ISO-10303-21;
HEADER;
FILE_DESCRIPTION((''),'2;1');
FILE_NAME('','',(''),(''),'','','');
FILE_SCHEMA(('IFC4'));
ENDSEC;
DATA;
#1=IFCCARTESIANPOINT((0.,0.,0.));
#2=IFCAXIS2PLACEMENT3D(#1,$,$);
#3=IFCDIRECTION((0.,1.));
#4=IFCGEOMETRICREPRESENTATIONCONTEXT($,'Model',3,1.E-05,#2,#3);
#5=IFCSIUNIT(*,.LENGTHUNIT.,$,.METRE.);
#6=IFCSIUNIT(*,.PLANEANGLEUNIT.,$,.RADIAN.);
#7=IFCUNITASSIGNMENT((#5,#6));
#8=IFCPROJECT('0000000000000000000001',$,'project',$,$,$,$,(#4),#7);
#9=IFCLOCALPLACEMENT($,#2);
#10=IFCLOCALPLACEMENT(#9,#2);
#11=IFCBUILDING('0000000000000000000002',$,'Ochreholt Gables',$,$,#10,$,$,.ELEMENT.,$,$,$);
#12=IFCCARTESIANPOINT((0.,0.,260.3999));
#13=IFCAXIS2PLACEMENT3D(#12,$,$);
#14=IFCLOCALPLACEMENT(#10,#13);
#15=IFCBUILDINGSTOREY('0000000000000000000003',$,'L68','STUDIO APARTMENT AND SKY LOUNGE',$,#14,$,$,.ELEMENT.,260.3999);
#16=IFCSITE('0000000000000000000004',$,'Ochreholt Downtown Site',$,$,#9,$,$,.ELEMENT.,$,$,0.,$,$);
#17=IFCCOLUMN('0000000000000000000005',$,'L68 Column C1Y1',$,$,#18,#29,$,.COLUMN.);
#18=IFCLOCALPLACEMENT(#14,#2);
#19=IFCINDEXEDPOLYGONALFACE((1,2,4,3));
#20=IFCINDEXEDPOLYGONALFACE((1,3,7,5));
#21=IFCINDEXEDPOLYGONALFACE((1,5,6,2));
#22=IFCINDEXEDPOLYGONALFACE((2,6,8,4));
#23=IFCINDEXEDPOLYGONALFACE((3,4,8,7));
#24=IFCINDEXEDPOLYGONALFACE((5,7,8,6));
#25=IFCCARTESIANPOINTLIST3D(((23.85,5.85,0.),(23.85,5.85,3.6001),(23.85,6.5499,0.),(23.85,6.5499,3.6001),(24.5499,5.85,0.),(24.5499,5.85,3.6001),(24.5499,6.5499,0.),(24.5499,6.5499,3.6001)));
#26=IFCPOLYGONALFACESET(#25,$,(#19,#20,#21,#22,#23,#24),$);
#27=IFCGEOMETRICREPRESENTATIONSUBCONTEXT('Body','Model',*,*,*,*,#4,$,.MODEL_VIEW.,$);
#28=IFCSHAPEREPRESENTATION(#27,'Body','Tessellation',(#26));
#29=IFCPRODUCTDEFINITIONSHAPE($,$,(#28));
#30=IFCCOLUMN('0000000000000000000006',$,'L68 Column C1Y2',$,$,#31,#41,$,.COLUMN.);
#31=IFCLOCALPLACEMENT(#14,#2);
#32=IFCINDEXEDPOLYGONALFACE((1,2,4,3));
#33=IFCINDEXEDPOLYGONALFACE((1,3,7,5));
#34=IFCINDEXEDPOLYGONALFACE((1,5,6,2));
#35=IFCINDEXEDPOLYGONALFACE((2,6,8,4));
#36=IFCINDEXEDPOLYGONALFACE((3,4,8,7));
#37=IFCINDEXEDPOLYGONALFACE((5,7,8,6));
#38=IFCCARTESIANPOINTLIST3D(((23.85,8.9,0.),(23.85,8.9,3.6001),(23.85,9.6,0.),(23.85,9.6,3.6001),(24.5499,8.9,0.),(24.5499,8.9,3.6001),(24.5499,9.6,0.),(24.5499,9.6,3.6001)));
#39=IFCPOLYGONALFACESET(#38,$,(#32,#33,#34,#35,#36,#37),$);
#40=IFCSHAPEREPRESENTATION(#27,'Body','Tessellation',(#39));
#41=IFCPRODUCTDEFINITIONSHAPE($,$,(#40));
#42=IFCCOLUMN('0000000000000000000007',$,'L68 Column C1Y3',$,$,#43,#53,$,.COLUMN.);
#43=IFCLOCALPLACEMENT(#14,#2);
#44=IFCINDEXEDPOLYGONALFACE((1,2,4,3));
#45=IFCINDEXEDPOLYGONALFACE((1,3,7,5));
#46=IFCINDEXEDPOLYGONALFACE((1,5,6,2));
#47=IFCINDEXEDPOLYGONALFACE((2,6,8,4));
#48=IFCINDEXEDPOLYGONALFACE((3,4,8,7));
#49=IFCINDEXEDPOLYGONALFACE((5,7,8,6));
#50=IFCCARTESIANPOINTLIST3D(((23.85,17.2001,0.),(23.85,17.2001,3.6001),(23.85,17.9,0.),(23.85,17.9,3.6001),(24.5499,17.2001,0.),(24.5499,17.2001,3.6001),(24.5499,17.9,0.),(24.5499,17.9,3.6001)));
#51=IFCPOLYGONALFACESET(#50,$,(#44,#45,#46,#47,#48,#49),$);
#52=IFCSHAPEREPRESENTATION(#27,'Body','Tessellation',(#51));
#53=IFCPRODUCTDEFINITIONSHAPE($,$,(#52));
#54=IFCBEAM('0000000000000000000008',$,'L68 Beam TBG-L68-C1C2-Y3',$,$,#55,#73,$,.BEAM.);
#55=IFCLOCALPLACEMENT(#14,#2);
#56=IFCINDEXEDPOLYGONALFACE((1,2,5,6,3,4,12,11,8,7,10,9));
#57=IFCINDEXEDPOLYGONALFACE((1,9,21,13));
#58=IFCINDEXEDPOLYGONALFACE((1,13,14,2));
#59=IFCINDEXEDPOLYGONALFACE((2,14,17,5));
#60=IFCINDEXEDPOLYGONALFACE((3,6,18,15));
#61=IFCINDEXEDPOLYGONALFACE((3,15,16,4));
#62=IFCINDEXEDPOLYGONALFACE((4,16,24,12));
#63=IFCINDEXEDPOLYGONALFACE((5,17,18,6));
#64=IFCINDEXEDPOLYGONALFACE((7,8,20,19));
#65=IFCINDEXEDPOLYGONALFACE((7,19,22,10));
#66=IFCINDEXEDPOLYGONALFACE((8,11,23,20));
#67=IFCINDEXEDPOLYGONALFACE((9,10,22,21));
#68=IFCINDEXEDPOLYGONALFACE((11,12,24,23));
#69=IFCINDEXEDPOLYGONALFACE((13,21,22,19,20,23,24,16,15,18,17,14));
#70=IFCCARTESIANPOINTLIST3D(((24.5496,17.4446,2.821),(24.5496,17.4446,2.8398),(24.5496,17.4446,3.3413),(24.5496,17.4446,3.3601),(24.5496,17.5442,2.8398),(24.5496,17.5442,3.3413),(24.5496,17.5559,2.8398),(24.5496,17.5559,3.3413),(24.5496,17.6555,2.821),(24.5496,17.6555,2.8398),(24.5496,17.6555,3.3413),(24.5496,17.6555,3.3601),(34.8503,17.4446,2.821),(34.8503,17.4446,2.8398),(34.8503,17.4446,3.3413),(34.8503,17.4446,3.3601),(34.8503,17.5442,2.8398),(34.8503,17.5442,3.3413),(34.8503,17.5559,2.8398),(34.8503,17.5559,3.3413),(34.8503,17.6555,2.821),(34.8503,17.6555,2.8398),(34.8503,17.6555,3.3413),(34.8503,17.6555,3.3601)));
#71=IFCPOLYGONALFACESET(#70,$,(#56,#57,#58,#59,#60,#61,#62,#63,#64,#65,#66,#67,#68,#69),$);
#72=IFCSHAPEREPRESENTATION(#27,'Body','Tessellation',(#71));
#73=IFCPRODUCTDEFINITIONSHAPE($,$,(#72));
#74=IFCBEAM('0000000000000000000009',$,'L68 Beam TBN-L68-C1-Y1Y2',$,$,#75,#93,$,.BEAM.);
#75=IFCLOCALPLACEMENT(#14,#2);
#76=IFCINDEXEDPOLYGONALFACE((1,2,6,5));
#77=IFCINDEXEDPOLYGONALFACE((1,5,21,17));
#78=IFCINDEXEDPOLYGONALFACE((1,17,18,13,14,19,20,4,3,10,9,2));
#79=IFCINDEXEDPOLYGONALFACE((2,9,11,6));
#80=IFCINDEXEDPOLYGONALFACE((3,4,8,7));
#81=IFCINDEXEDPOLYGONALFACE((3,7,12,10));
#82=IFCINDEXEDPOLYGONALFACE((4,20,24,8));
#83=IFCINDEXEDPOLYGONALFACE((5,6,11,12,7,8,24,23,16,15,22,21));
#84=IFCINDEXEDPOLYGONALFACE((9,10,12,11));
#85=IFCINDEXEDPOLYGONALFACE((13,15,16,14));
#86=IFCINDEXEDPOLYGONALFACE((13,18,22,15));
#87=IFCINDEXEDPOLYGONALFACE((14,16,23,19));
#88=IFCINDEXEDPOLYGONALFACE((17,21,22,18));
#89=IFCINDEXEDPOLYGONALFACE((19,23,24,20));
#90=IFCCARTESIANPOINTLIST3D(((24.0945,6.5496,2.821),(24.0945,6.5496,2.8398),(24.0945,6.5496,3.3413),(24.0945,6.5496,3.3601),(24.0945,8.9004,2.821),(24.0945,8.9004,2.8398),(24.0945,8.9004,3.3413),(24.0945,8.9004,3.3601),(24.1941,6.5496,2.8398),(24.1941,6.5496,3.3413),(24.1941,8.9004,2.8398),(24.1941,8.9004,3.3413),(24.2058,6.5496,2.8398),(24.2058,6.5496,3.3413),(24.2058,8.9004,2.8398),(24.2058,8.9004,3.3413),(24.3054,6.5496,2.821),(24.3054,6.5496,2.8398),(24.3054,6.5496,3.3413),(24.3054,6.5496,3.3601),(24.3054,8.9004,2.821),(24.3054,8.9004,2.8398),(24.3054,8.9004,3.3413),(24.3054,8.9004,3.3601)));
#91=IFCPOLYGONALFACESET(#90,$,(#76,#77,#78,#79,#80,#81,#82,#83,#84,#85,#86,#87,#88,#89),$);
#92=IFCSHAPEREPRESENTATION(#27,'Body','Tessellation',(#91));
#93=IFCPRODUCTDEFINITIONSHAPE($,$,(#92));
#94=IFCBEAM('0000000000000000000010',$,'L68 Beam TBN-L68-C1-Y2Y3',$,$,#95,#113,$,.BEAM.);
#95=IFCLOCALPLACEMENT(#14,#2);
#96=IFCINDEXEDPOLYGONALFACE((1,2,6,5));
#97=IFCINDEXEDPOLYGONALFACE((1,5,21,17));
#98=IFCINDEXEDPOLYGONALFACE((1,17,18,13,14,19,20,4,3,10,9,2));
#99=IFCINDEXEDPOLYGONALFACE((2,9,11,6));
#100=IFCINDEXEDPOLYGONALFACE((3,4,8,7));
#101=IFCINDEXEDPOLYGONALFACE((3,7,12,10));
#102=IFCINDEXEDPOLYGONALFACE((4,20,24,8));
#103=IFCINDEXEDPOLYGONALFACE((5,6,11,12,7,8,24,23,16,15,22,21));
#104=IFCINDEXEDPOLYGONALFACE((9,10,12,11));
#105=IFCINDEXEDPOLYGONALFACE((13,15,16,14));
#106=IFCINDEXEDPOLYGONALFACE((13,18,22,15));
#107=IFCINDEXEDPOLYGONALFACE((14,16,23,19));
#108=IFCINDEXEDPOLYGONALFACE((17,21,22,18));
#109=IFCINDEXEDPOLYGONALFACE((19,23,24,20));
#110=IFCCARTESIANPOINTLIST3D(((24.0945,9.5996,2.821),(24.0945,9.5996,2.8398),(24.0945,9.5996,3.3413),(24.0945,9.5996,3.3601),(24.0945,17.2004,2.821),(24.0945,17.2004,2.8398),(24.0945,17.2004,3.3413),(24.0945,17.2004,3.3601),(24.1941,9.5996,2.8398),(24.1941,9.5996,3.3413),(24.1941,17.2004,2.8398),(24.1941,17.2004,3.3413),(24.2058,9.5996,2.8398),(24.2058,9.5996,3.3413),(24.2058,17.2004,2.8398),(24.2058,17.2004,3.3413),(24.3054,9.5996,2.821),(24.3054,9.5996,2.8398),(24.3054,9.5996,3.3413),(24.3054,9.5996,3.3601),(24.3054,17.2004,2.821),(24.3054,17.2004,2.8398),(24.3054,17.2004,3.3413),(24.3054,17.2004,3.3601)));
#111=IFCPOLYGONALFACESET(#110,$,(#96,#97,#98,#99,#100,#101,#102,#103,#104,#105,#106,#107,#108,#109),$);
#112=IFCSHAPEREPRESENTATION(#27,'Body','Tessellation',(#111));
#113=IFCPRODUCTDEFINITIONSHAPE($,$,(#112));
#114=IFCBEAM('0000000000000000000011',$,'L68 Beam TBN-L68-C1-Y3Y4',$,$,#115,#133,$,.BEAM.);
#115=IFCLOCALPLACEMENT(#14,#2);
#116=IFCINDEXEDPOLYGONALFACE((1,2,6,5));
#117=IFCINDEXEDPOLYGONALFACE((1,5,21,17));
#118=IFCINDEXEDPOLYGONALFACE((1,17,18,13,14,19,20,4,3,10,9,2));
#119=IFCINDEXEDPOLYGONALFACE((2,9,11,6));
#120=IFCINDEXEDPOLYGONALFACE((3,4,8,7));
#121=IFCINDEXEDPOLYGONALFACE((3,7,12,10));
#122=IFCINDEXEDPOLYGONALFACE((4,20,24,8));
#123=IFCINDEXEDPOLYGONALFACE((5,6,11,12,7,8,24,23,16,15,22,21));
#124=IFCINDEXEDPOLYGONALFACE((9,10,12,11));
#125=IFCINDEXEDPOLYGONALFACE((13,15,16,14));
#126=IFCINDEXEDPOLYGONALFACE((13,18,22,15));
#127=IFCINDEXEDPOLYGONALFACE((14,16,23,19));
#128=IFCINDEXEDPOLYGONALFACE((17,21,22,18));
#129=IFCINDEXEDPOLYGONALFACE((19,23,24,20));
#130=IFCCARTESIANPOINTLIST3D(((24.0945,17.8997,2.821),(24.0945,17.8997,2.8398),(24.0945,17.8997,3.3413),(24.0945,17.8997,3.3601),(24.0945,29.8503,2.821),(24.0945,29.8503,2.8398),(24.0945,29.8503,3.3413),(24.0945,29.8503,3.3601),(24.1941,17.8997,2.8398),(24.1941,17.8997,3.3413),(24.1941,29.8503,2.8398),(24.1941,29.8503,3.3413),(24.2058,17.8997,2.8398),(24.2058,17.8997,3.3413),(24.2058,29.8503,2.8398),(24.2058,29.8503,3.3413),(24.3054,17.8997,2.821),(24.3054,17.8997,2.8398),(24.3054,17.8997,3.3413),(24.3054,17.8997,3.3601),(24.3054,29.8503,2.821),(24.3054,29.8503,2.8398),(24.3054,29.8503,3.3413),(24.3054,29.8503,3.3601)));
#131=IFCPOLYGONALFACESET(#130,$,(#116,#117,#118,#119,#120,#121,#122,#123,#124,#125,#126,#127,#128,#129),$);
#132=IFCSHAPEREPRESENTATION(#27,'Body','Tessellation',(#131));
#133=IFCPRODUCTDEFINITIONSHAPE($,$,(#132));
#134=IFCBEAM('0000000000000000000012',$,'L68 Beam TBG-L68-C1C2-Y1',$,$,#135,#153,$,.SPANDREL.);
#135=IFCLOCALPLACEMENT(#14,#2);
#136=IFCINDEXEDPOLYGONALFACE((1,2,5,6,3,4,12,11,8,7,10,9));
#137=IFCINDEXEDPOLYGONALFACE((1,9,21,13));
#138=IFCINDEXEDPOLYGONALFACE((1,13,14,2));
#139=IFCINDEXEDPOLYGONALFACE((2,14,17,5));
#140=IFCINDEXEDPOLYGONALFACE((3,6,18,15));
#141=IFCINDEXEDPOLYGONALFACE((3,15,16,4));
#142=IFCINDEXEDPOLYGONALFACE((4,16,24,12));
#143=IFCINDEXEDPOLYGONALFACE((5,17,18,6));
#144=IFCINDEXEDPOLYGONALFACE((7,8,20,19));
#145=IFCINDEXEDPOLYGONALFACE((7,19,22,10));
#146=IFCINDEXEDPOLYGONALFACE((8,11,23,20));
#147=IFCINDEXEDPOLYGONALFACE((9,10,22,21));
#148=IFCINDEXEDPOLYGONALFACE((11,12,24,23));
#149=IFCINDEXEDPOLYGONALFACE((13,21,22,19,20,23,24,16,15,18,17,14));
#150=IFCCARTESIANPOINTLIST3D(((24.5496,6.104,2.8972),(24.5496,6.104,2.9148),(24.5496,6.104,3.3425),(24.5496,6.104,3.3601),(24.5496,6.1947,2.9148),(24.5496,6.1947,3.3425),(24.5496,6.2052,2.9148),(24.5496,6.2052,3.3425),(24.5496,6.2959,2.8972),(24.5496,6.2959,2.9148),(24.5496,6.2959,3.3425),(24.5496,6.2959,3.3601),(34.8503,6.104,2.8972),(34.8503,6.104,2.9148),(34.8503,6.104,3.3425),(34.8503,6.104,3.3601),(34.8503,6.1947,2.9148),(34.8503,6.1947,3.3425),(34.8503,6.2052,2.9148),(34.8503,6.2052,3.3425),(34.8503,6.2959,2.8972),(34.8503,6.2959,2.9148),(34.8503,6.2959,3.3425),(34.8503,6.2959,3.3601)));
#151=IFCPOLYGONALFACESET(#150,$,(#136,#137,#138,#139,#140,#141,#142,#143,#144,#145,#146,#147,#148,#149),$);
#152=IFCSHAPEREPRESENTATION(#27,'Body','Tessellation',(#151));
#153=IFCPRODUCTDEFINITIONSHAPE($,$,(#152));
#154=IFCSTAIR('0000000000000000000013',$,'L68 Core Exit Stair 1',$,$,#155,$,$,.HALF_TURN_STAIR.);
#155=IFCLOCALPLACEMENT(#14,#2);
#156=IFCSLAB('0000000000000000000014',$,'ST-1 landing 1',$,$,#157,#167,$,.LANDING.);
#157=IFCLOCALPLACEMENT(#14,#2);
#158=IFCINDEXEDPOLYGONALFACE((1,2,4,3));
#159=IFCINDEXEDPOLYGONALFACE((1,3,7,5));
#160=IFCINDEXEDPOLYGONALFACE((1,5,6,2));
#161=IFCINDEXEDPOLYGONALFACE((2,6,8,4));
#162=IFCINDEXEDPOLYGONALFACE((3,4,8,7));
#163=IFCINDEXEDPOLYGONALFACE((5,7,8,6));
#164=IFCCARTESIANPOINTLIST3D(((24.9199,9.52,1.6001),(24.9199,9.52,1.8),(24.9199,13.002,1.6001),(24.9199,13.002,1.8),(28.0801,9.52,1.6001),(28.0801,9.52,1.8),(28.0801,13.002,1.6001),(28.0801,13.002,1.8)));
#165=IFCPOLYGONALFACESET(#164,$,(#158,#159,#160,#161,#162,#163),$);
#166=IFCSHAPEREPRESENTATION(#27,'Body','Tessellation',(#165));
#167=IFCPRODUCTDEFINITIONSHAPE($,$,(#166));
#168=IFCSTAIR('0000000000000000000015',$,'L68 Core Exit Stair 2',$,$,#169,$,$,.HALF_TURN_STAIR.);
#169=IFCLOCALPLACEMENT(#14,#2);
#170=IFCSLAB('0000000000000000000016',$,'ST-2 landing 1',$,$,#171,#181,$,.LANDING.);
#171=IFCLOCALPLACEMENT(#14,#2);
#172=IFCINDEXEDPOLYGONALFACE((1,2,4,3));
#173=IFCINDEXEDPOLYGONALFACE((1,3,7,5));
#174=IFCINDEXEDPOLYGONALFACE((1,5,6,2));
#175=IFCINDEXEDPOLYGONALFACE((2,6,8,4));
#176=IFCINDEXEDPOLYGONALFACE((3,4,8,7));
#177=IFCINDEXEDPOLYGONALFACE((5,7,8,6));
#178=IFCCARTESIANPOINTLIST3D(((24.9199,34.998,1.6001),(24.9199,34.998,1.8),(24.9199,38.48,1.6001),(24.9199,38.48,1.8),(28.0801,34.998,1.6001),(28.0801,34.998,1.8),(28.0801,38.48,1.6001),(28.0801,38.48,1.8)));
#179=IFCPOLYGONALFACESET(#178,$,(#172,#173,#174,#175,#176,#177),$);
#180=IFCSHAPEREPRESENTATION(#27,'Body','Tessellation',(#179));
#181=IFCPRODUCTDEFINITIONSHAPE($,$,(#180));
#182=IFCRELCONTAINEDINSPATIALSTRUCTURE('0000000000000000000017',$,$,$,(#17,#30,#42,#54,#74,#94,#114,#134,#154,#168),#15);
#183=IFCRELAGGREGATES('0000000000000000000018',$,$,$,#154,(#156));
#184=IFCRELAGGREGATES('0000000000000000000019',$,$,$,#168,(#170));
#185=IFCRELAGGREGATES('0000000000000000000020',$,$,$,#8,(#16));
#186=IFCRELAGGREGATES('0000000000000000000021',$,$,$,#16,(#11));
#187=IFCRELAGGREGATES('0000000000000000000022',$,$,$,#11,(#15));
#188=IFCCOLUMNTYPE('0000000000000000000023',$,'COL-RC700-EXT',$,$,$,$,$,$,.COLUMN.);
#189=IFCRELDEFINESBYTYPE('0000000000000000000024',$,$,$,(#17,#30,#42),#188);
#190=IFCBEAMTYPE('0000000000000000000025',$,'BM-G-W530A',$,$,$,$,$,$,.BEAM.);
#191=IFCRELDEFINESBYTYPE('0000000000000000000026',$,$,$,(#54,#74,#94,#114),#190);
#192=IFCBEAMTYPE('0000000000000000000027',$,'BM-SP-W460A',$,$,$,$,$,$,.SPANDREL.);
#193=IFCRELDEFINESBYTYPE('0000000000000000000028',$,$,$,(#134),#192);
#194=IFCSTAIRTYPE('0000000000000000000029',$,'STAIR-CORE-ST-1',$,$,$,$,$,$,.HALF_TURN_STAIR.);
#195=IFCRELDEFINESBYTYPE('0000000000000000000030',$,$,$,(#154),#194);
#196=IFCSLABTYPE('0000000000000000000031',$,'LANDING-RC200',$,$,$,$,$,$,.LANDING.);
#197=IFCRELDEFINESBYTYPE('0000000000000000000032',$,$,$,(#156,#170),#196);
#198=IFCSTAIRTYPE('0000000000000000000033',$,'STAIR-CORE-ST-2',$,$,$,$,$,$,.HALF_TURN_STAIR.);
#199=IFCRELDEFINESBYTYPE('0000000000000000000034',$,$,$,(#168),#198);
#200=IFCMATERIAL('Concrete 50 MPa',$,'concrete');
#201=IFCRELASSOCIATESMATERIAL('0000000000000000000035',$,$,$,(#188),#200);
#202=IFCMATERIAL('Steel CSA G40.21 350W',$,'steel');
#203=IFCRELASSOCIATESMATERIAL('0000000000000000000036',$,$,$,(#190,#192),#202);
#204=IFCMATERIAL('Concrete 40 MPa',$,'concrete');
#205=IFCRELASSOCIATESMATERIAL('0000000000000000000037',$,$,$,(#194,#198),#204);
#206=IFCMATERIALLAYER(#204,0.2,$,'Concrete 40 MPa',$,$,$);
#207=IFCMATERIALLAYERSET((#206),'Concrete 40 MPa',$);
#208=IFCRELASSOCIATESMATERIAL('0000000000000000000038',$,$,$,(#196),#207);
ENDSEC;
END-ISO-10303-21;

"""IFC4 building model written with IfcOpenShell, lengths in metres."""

from ifc_helpers import new_model, si_unit, direction, frame, origin, origin_2d, place, context, subcontext, project, spatial, polyline, rectangle, i_section, outline, extrude, material, layer, layer_set, material_profile, profile_set, type_object, element, aggregate, save


model = new_model("IFC4")

# Units and contexts
model_context = context("Model", 3, precision=1e-05, world=origin(), true_north=direction((0.0, 1.0)))
body_context = subcontext(model_context, "Body", "Model", "MODEL_VIEW")
ifc_project = project(units=[si_unit("LENGTHUNIT", "METRE"), si_unit("PLANEANGLEUNIT", "RADIAN")], contexts=[model_context])

# Site, building, storey
site_placement = place(None, origin())
site = spatial("IfcSite", under=ifc_project, at=site_placement, Name="Ochreholt Downtown Site", CompositionType="ELEMENT", RefElevation=0.0)
building_placement = place(site_placement, origin())
building = spatial("IfcBuilding", under=site, at=building_placement, Name="Ochreholt Gables", CompositionType="ELEMENT")
storey_placement = place(building_placement, frame((0.0, 0.0, 260.3999)))
storey = spatial("IfcBuildingStorey", under=building, at=storey_placement, Name="L68", Description="STUDIO APARTMENT AND SKY LOUNGE", CompositionType="ELEMENT", Elevation=260.3999)

# Columns
ifc_material_1 = material(Name="Concrete 50 MPa", Category="concrete")
ifc_material_profile_1 = material_profile(ifc_material_1, rectangle(XDim=0.7, YDim=0.7, at=origin_2d()), Name="RC700X700")
ifc_profile_set_1 = profile_set([ifc_material_profile_1], Name="Concrete 50 MPa")
column_type = type_object("IfcColumnType", Name="COL-RC700-EXT", PredefinedType="COLUMN", material=ifc_profile_set_1)
for number, where, z_axis, x_axis, name in (
    (1, (24.2, 6.2, 0.0), (0.0, 0.0, 1.0), (1.0, 0.0, 0.0), "L68 Column C1Y1"),
    (2, (24.2, 9.25, 0.0), (0.0, 0.0, 1.0), (1.0, 0.0, 0.0), "L68 Column C1Y2"),
    (3, (24.2, 17.55, 0.0), (0.0, 0.0, 1.0), (1.0, 0.0, 0.0), "L68 Column C1Y3"),
):
    element("IfcColumn", number, at=place(storey_placement, frame(where, z_axis=z_axis, x_axis=x_axis)), inside=storey, type_object=column_type, Name=name, PredefinedType="COLUMN", context=body_context, shape_type="SweptSolid", body=[
        extrude(rectangle(XDim=0.7, YDim=0.7, at=origin_2d()), origin(), (0.0, 0.0, 1.0), 3.6001),
    ])

# Beams
ifc_material_2 = material(Name="Steel CSA G40.21 350W", Category="steel")
ifc_material_profile_2 = material_profile(ifc_material_2, i_section(OverallWidth=0.2109, OverallDepth=0.5391, WebThickness=0.0117, FlangeThickness=0.0188, at=origin_2d()), Name="W530X109")
ifc_profile_set_2 = profile_set([ifc_material_profile_2], Name="Steel CSA G40.21 350W")
beam_type_1 = type_object("IfcBeamType", Name="BM-G-W530A", PredefinedType="BEAM", material=ifc_profile_set_2)
beam_1_placement = place(storey_placement, frame((24.5496, 17.55, 3.0906), z_axis=(1.0, 0.0, 0.0), x_axis=(0.0, 1.0, 0.0)))
element("IfcBeam", 4, at=beam_1_placement, inside=storey, type_object=beam_type_1, Name="L68 Beam TBG-L68-C1C2-Y3", PredefinedType="BEAM", context=body_context, shape_type="SweptSolid", body=[
    extrude(i_section(OverallWidth=0.2109, OverallDepth=0.5391, WebThickness=0.0117, FlangeThickness=0.0188, at=origin_2d()), origin(), (0.0, 0.0, 1.0), 10.3008),
])
beam_2_placement = place(storey_placement, frame((24.2, 6.5496, 3.0906), z_axis=(0.0, 1.0, 0.0), x_axis=(-1.0, 0.0, 0.0)))
element("IfcBeam", 5, at=beam_2_placement, inside=storey, type_object=beam_type_1, Name="L68 Beam TBN-L68-C1-Y1Y2", PredefinedType="BEAM", context=body_context, shape_type="SweptSolid", body=[
    extrude(i_section(OverallWidth=0.2109, OverallDepth=0.5391, WebThickness=0.0117, FlangeThickness=0.0188, at=origin_2d()), origin(), (0.0, 0.0, 1.0), 2.3508),
])
beam_3_placement = place(storey_placement, frame((24.2, 9.5996, 3.0906), z_axis=(0.0, 1.0, 0.0), x_axis=(-1.0, 0.0, 0.0)))
element("IfcBeam", 6, at=beam_3_placement, inside=storey, type_object=beam_type_1, Name="L68 Beam TBN-L68-C1-Y2Y3", PredefinedType="BEAM", context=body_context, shape_type="SweptSolid", body=[
    extrude(i_section(OverallWidth=0.2109, OverallDepth=0.5391, WebThickness=0.0117, FlangeThickness=0.0188, at=origin_2d()), origin(), (0.0, 0.0, 1.0), 7.6008),
])
beam_4_placement = place(storey_placement, frame((24.2, 17.8997, 3.0906), z_axis=(0.0, 1.0, 0.0), x_axis=(-1.0, 0.0, 0.0)))
element("IfcBeam", 7, at=beam_4_placement, inside=storey, type_object=beam_type_1, Name="L68 Beam TBN-L68-C1-Y3Y4", PredefinedType="BEAM", context=body_context, shape_type="SweptSolid", body=[
    extrude(i_section(OverallWidth=0.2109, OverallDepth=0.5391, WebThickness=0.0117, FlangeThickness=0.0188, at=origin_2d()), origin(), (0.0, 0.0, 1.0), 11.9507),
])
ifc_material_profile_3 = material_profile(ifc_material_2, i_section(OverallWidth=0.1919, OverallDepth=0.4629, WebThickness=0.0105, FlangeThickness=0.0176, at=origin_2d()), Name="W460X89")
ifc_profile_set_3 = profile_set([ifc_material_profile_3], Name="Steel CSA G40.21 350W")
beam_type_2 = type_object("IfcBeamType", Name="BM-SP-W460A", PredefinedType="SPANDREL", material=ifc_profile_set_3)
beam_5_placement = place(storey_placement, frame((24.5496, 6.2, 3.1287), z_axis=(1.0, 0.0, 0.0), x_axis=(0.0, 1.0, 0.0)))
element("IfcBeam", 8, at=beam_5_placement, inside=storey, type_object=beam_type_2, Name="L68 Beam TBG-L68-C1C2-Y1", PredefinedType="SPANDREL", context=body_context, shape_type="SweptSolid", body=[
    extrude(i_section(OverallWidth=0.1919, OverallDepth=0.4629, WebThickness=0.0105, FlangeThickness=0.0176, at=origin_2d()), origin(), (0.0, 0.0, 1.0), 10.3008),
])

# Stairs, slabs
ifc_material_3 = material(Name="Concrete 40 MPa", Category="concrete")
stair_type_1 = type_object("IfcStairType", Name="STAIR-CORE-ST-1", PredefinedType="HALF_TURN_STAIR", material=ifc_material_3)
stair_1_placement = place(storey_placement, origin())
stair_1 = element("IfcStair", 9, at=stair_1_placement, inside=storey, type_object=stair_type_1, Name="L68 Core Exit Stair 1", PredefinedType="HALF_TURN_STAIR")
ifc_layer_1 = layer(ifc_material_3, 0.2, Name="Concrete 40 MPa")
ifc_layer_set_1 = layer_set([ifc_layer_1], Name="Concrete 40 MPa")
slab_type_1 = type_object("IfcSlabType", Name="LANDING-RC200", PredefinedType="LANDING", material=ifc_layer_set_1)
slab_1_placement = place(storey_placement, frame((0.0, 0.0, 1.6001)))
slab_1 = element("IfcSlab", 10, at=slab_1_placement, type_object=slab_type_1, Name="ST-1 landing 1", PredefinedType="LANDING", context=body_context, shape_type="SweptSolid", body=[
    extrude(outline(polyline([(24.9199, 13.002), (24.9199, 9.52), (28.0801, 9.52), (28.0801, 13.002), (24.9199, 13.002)])), origin(), (0.0, 0.0, 1.0), 0.2),
])
aggregate(stair_1, [slab_1])
stair_type_2 = type_object("IfcStairType", Name="STAIR-CORE-ST-2", PredefinedType="HALF_TURN_STAIR", material=ifc_material_3)
stair_2_placement = place(storey_placement, origin())
stair_2 = element("IfcStair", 11, at=stair_2_placement, inside=storey, type_object=stair_type_2, Name="L68 Core Exit Stair 2", PredefinedType="HALF_TURN_STAIR")
slab_2_placement = place(storey_placement, frame((0.0, 0.0, 1.6001)))
slab_2 = element("IfcSlab", 12, at=slab_2_placement, type_object=slab_type_1, Name="ST-2 landing 1", PredefinedType="LANDING", context=body_context, shape_type="SweptSolid", body=[
    extrude(outline(polyline([(28.0801, 34.998), (28.0801, 38.48), (24.9199, 38.48), (24.9199, 34.998), (28.0801, 34.998)])), origin(), (0.0, 0.0, 1.0), 0.2),
])
aggregate(stair_2, [slab_2])

save(model, "model.ifc")
